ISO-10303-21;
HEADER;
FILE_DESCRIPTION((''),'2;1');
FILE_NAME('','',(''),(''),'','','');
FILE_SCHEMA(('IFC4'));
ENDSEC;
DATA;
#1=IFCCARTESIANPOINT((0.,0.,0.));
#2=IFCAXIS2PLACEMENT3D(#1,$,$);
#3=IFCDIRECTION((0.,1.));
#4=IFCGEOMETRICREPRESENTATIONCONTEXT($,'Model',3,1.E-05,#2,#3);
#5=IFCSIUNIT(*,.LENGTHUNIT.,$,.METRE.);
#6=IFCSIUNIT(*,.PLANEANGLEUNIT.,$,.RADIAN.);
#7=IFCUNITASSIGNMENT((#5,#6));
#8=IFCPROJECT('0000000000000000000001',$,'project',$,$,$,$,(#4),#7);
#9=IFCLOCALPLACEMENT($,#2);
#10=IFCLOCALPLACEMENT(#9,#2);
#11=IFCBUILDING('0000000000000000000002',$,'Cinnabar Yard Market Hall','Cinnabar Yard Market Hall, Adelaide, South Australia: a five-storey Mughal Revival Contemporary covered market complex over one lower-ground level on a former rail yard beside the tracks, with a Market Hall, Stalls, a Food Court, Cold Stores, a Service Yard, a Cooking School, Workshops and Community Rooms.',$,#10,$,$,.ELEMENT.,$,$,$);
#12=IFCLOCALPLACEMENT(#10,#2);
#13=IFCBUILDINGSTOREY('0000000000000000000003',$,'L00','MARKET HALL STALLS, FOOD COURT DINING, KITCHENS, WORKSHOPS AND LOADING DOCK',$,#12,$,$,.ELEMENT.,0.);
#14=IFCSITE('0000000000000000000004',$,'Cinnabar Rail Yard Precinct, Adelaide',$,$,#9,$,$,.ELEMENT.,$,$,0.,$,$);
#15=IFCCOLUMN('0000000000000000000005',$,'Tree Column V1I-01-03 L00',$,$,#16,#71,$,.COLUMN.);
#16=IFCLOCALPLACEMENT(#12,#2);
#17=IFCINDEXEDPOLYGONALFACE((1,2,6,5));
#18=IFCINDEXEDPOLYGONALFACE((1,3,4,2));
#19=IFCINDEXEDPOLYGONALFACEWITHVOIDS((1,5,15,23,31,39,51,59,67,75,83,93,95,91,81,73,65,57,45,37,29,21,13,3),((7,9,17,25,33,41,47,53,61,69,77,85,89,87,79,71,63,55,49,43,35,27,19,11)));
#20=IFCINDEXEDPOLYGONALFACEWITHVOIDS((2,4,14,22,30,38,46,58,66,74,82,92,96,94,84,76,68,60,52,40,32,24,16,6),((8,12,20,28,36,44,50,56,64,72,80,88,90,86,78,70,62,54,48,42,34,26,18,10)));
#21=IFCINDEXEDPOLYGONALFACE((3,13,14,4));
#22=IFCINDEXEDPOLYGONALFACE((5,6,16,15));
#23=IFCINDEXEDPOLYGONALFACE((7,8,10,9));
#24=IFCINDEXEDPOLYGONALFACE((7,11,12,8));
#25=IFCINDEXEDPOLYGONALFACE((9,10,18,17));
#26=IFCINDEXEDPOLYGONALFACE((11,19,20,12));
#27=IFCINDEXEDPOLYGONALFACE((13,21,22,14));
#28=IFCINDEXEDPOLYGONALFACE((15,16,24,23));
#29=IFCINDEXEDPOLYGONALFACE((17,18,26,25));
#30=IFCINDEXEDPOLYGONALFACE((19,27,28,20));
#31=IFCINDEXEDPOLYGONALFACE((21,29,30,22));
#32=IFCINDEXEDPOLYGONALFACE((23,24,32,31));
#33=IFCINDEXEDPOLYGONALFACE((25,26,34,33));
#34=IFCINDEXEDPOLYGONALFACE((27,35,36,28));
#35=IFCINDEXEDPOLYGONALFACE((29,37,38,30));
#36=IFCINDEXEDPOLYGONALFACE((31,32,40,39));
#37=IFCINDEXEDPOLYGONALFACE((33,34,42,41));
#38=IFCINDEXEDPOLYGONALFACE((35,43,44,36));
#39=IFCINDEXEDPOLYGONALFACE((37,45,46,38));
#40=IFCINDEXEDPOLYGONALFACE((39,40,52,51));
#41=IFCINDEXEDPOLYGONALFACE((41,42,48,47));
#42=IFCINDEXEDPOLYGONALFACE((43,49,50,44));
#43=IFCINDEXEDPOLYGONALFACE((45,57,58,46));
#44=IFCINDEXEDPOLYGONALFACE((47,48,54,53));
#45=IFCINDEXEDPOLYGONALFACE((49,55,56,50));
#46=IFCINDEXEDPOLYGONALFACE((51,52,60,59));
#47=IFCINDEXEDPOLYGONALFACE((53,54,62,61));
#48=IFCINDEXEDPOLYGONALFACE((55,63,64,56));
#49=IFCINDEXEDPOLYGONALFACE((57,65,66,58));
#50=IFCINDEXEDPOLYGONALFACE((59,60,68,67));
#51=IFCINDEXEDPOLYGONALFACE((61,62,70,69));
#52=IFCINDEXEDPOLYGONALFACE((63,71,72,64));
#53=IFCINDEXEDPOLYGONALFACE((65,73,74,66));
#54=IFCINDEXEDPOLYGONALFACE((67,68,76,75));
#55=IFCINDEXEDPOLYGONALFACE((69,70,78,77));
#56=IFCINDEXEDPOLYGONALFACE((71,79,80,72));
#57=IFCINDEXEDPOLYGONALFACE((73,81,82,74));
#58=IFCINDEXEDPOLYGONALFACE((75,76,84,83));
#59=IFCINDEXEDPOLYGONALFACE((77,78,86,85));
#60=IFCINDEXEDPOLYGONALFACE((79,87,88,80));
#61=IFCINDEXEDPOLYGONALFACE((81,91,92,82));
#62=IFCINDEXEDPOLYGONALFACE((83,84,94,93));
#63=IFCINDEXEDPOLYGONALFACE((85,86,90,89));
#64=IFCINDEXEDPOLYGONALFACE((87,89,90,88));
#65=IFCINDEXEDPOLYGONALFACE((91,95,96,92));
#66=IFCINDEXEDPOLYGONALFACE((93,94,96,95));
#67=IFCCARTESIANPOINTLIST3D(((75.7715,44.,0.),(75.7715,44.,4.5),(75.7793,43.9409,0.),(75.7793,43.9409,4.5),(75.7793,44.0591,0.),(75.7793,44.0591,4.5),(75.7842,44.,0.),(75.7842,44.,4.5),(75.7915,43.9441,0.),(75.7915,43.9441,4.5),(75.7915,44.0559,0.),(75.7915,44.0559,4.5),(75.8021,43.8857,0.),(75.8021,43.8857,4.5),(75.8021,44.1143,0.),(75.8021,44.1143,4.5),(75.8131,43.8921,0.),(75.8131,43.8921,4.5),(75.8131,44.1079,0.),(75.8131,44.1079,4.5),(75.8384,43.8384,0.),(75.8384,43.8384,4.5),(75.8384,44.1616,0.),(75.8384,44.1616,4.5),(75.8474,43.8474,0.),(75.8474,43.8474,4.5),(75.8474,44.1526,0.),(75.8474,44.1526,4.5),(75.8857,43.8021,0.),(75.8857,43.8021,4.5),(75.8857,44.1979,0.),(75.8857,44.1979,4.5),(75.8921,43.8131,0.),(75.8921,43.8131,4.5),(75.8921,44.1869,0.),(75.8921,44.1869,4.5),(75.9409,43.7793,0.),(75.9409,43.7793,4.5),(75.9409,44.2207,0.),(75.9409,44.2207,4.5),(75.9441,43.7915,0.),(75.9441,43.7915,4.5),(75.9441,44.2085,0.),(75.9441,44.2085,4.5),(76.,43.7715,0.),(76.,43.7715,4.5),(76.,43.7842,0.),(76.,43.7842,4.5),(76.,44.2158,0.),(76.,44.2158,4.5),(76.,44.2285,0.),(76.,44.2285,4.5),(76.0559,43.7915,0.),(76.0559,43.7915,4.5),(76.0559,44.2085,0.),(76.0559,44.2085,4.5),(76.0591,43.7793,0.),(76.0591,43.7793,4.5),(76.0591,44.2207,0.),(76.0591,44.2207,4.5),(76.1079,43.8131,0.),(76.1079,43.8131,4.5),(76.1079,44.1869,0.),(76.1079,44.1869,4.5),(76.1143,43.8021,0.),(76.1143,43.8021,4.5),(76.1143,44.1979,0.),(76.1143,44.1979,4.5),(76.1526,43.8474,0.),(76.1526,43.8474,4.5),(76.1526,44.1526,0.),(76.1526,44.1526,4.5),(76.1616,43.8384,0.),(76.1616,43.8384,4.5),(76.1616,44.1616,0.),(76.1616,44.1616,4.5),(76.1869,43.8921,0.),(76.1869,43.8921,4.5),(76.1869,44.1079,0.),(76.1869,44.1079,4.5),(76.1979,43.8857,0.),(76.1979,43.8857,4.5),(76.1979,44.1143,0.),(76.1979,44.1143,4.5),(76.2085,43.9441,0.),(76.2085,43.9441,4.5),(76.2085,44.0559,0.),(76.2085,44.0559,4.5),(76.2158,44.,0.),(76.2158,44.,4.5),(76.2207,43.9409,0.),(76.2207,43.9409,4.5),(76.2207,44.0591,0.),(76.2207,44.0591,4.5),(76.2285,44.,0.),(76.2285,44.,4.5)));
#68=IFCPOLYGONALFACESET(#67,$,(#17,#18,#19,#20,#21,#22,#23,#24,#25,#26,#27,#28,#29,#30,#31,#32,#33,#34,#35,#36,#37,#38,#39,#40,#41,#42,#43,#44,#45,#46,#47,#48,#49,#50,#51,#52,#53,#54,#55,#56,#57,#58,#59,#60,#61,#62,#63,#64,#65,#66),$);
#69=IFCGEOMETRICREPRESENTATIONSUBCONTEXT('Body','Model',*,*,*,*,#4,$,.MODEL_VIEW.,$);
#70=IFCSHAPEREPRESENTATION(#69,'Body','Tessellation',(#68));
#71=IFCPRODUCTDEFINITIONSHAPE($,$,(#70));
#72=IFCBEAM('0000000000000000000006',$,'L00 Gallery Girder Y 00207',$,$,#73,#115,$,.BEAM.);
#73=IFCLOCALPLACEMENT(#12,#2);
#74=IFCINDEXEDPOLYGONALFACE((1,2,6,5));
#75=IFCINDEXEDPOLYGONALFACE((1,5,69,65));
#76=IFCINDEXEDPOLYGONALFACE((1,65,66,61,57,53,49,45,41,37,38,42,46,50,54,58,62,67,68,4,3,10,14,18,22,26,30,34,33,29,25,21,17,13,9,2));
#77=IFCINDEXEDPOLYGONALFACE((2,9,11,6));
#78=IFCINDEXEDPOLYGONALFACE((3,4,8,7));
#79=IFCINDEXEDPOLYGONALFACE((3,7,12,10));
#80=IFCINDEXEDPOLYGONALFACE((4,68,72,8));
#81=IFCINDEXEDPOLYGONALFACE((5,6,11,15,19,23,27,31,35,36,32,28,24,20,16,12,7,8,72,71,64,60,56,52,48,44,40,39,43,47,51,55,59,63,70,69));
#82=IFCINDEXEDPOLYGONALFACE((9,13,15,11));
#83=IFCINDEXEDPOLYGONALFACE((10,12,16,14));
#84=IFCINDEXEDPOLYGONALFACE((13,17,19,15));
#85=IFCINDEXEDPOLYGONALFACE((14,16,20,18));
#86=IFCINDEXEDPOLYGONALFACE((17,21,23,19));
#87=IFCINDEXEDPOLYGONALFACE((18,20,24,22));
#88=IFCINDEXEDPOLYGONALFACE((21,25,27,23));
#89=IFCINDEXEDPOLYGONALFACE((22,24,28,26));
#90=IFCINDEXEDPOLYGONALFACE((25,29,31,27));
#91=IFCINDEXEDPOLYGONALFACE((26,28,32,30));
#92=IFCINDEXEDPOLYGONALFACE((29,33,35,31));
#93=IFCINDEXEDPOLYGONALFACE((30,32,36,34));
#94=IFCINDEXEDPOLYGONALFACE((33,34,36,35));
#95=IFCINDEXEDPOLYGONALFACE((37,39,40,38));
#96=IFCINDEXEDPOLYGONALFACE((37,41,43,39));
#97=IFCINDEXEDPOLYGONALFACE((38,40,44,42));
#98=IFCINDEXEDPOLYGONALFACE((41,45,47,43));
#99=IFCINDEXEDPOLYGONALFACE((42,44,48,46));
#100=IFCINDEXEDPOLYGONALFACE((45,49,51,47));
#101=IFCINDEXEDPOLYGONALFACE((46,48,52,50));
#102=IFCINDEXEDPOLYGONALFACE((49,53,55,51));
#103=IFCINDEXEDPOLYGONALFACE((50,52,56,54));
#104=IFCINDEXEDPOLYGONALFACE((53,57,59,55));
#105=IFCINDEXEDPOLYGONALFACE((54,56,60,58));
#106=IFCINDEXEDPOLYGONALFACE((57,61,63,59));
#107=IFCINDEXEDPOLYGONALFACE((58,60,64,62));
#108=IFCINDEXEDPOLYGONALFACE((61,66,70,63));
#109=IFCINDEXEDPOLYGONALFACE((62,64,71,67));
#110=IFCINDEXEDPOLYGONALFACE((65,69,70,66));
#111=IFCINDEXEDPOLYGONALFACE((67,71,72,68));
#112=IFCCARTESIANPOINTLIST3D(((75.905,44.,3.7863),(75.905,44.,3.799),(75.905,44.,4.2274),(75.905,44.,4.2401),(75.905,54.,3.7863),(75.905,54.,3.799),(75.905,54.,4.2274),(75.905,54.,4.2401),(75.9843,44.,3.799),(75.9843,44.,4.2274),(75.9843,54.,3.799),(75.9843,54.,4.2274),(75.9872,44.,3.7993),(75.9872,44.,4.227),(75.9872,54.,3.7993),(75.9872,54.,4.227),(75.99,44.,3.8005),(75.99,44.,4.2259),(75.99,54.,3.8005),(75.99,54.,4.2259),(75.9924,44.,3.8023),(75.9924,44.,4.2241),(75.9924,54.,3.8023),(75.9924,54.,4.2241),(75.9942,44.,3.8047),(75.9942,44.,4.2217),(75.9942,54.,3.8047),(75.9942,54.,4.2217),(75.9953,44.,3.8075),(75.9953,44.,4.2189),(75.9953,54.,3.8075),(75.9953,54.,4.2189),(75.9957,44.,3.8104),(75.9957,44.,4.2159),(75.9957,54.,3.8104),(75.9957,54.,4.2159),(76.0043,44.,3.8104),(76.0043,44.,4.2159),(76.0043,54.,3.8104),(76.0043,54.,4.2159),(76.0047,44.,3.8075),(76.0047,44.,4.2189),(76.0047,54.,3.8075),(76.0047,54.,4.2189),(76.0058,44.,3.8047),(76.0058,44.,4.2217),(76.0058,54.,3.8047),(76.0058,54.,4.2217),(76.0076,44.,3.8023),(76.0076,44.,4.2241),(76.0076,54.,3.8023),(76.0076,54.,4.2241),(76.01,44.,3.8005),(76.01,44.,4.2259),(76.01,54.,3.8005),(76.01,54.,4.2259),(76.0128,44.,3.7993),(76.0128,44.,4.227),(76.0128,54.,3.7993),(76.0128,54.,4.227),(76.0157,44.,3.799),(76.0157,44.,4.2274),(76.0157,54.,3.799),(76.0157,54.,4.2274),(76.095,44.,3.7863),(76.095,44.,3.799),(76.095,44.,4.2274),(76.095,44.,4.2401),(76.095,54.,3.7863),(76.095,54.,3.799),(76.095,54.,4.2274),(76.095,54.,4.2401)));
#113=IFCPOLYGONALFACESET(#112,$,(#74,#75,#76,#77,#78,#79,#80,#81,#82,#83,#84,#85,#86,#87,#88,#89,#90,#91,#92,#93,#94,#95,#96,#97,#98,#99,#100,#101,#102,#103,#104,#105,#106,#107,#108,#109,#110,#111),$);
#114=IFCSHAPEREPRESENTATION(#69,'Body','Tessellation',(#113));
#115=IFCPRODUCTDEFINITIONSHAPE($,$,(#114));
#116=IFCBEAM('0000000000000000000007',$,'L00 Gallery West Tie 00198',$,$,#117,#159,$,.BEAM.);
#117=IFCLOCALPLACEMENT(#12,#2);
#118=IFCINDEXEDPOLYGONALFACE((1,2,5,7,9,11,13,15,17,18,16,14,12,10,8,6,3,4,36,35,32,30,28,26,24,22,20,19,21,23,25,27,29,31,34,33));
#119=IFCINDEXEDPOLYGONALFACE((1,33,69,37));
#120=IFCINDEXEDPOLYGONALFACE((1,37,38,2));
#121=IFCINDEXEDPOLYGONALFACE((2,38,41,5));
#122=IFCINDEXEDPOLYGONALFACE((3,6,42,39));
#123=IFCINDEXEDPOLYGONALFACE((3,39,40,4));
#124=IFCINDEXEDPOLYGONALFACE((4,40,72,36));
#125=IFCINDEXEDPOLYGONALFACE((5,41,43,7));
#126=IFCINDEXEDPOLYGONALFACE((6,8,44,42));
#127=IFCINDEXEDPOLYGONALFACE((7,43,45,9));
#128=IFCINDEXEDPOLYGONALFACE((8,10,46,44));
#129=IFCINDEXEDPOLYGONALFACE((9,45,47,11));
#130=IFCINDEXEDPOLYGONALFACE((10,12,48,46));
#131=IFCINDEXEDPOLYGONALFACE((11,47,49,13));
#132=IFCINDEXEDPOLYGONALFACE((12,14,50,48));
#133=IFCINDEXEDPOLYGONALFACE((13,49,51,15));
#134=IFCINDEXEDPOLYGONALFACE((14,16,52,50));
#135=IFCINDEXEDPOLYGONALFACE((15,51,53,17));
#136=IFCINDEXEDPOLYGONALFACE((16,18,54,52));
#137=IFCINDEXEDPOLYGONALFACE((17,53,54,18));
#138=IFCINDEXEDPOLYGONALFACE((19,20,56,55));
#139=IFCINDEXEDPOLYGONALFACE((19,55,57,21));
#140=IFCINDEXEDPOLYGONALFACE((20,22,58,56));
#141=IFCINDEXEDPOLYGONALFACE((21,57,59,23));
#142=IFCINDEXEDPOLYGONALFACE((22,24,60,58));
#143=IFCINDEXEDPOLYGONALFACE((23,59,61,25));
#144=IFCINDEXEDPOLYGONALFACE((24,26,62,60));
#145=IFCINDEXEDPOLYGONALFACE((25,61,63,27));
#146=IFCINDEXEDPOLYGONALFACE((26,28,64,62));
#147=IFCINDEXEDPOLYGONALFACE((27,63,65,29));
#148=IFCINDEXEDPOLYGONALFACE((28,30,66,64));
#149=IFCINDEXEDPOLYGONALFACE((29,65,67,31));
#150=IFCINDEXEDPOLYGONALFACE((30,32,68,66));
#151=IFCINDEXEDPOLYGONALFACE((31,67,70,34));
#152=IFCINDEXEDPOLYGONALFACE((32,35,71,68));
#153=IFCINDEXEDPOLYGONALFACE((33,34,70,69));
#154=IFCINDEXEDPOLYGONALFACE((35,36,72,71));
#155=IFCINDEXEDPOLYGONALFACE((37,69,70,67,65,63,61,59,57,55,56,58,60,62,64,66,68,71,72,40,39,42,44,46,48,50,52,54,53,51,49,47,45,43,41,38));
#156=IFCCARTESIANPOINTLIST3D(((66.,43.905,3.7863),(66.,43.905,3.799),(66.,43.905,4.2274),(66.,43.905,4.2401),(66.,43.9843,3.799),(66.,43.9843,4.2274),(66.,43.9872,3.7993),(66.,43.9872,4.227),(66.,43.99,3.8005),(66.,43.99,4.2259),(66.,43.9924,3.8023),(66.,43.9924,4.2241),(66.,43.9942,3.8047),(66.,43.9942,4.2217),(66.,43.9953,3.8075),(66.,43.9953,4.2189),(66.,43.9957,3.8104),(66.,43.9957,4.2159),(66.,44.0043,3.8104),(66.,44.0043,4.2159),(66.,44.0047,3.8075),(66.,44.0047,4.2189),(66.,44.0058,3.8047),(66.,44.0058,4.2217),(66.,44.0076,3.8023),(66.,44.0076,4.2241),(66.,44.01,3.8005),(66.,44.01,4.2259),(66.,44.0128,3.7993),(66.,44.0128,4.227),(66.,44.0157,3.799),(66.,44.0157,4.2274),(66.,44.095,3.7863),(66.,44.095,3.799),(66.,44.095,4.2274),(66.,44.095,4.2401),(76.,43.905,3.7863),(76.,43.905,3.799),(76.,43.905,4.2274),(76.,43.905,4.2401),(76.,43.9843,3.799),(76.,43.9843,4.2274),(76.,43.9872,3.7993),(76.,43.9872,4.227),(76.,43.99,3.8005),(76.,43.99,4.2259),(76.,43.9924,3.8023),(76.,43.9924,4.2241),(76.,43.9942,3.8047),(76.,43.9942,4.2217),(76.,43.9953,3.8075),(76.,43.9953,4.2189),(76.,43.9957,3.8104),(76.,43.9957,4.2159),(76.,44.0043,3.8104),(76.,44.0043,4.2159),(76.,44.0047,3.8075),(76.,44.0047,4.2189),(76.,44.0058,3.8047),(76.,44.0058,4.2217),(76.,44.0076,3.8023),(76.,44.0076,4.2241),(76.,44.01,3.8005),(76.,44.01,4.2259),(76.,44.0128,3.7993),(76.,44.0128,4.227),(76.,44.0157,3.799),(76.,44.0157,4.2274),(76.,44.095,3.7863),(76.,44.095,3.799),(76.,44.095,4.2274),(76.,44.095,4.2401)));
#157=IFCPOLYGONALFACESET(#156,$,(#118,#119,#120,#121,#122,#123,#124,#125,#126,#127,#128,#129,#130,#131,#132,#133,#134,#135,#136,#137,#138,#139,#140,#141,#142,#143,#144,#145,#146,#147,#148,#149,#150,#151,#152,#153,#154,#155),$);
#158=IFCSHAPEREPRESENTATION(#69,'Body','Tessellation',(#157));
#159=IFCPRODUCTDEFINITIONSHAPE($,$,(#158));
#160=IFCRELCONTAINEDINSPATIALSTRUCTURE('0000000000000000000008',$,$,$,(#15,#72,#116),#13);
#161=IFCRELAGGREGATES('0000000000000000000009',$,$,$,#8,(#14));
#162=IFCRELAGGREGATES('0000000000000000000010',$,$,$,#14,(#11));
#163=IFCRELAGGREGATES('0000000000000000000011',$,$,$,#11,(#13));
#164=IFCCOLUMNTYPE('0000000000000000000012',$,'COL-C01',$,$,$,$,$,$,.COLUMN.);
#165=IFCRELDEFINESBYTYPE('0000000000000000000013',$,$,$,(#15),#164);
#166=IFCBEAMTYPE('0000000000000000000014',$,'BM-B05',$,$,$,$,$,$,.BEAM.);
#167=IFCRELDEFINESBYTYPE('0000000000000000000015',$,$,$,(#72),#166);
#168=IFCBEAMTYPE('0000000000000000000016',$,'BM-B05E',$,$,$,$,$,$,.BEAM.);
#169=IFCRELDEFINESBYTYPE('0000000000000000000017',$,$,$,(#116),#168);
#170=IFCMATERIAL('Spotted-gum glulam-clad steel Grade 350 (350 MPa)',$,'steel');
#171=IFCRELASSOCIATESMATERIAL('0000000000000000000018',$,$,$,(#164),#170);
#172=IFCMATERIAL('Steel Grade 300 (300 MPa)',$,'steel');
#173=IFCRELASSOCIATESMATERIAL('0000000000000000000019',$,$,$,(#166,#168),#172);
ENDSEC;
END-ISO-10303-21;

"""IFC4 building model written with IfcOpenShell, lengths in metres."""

from ifc_helpers import new_model, si_unit, direction, frame, origin, origin_2d_with_axis, place, context, subcontext, project, spatial, hollow_circle, i_section, extrude, material, material_profile, profile_set, type_object, element, save


model = new_model("IFC4")

# Units and contexts
model_context = context("Model", 3, precision=1e-05, world=origin(), true_north=direction((0.0, 1.0)))
body_context = subcontext(model_context, "Body", "Model", "MODEL_VIEW")
ifc_project = project(units=[si_unit("LENGTHUNIT", "METRE"), si_unit("PLANEANGLEUNIT", "RADIAN")], contexts=[model_context])

# Site, building, storey
site_placement = place(None, origin())
site = spatial("IfcSite", under=ifc_project, at=site_placement, Name="Cinnabar Rail Yard Precinct, Adelaide", CompositionType="ELEMENT", RefElevation=0.0)
building_placement = place(site_placement, origin())
building = spatial("IfcBuilding", under=site, at=building_placement, Name="Cinnabar Yard Market Hall", Description="Cinnabar Yard Market Hall, Adelaide, South Australia: a five-storey Mughal Revival Contemporary covered market complex over one lower-ground level on a former rail yard beside the tracks, with a Market Hall, Stalls, a Food Court, Cold Stores, a Service Yard, a Cooking School, Workshops and Community Rooms.", CompositionType="ELEMENT")
storey_placement = place(building_placement, origin())
storey = spatial("IfcBuildingStorey", under=building, at=storey_placement, Name="L00", Description="MARKET HALL STALLS, FOOD COURT DINING, KITCHENS, WORKSHOPS AND LOADING DOCK", CompositionType="ELEMENT", Elevation=0.0)

# Column
ifc_material_1 = material(Name="Spotted-gum glulam-clad steel Grade 350 (350 MPa)", Category="steel")
ifc_material_profile_1 = material_profile(ifc_material_1, hollow_circle(Radius=0.2285, WallThickness=0.0127, at=origin_2d_with_axis()), Name="457.0x12.7CHS")
ifc_profile_set_1 = profile_set([ifc_material_profile_1], Name="Spotted-gum glulam-clad steel Grade 350 (350 MPa)")
column_type = type_object("IfcColumnType", Name="COL-C01", PredefinedType="COLUMN", material=ifc_profile_set_1)
column_placement = place(storey_placement, frame((76.0, 44.0, 0.0), z_axis=(0.0, 0.0, 1.0), x_axis=(1.0, 0.0, 0.0)))
element("IfcColumn", 1, at=column_placement, inside=storey, type_object=column_type, Name="Tree Column V1I-01-03 L00", PredefinedType="COLUMN", context=body_context, shape_type="SweptSolid", body=[
    extrude(hollow_circle(Radius=0.2285, WallThickness=0.0127, at=origin_2d_with_axis()), origin(), (0.0, 0.0, 1.0), 4.5),
])

# Beams
ifc_material_2 = material(Name="Steel Grade 300 (300 MPa)", Category="steel")
ifc_material_profile_2 = material_profile(ifc_material_2, i_section(OverallWidth=0.1899, OverallDepth=0.4539, WebThickness=0.0085, FlangeThickness=0.0127, FilletRadius=0.0115, at=origin_2d_with_axis()), Name="460UB67.1")
ifc_profile_set_2 = profile_set([ifc_material_profile_2], Name="Steel Grade 300 (300 MPa)")
beam_type_1 = type_object("IfcBeamType", Name="BM-B05", PredefinedType="BEAM", material=ifc_profile_set_2)
beam_1_placement = place(storey_placement, frame((76.0, 44.0, 4.0132), z_axis=(0.0, 1.0, 0.0), x_axis=(-1.0, 0.0, 0.0)))
element("IfcBeam", 2, at=beam_1_placement, inside=storey, type_object=beam_type_1, Name="L00 Gallery Girder Y 00207", PredefinedType="BEAM", context=body_context, shape_type="SweptSolid", body=[
    extrude(i_section(OverallWidth=0.1899, OverallDepth=0.4539, WebThickness=0.0085, FlangeThickness=0.0127, FilletRadius=0.0115, at=origin_2d_with_axis()), origin(), (0.0, 0.0, 1.0), 10.0),
])
ifc_material_profile_3 = material_profile(ifc_material_2, i_section(OverallWidth=0.1899, OverallDepth=0.4539, WebThickness=0.0085, FlangeThickness=0.0127, FilletRadius=0.0115, at=origin_2d_with_axis()), Name="460UB67.1")
ifc_profile_set_3 = profile_set([ifc_material_profile_3], Name="Steel Grade 300 (300 MPa)")
beam_type_2 = type_object("IfcBeamType", Name="BM-B05E", PredefinedType="BEAM", material=ifc_profile_set_3)
beam_2_placement = place(storey_placement, frame((76.0, 44.0, 4.0132), z_axis=(-1.0, 0.0, 0.0), x_axis=(0.0, -1.0, 0.0)))
element("IfcBeam", 3, at=beam_2_placement, inside=storey, type_object=beam_type_2, Name="L00 Gallery West Tie 00198", PredefinedType="BEAM", context=body_context, shape_type="SweptSolid", body=[
    extrude(i_section(OverallWidth=0.1899, OverallDepth=0.4539, WebThickness=0.0085, FlangeThickness=0.0127, FilletRadius=0.0115, at=origin_2d_with_axis()), origin(), (0.0, 0.0, 1.0), 10.0),
])

save(model, "model.ifc")
